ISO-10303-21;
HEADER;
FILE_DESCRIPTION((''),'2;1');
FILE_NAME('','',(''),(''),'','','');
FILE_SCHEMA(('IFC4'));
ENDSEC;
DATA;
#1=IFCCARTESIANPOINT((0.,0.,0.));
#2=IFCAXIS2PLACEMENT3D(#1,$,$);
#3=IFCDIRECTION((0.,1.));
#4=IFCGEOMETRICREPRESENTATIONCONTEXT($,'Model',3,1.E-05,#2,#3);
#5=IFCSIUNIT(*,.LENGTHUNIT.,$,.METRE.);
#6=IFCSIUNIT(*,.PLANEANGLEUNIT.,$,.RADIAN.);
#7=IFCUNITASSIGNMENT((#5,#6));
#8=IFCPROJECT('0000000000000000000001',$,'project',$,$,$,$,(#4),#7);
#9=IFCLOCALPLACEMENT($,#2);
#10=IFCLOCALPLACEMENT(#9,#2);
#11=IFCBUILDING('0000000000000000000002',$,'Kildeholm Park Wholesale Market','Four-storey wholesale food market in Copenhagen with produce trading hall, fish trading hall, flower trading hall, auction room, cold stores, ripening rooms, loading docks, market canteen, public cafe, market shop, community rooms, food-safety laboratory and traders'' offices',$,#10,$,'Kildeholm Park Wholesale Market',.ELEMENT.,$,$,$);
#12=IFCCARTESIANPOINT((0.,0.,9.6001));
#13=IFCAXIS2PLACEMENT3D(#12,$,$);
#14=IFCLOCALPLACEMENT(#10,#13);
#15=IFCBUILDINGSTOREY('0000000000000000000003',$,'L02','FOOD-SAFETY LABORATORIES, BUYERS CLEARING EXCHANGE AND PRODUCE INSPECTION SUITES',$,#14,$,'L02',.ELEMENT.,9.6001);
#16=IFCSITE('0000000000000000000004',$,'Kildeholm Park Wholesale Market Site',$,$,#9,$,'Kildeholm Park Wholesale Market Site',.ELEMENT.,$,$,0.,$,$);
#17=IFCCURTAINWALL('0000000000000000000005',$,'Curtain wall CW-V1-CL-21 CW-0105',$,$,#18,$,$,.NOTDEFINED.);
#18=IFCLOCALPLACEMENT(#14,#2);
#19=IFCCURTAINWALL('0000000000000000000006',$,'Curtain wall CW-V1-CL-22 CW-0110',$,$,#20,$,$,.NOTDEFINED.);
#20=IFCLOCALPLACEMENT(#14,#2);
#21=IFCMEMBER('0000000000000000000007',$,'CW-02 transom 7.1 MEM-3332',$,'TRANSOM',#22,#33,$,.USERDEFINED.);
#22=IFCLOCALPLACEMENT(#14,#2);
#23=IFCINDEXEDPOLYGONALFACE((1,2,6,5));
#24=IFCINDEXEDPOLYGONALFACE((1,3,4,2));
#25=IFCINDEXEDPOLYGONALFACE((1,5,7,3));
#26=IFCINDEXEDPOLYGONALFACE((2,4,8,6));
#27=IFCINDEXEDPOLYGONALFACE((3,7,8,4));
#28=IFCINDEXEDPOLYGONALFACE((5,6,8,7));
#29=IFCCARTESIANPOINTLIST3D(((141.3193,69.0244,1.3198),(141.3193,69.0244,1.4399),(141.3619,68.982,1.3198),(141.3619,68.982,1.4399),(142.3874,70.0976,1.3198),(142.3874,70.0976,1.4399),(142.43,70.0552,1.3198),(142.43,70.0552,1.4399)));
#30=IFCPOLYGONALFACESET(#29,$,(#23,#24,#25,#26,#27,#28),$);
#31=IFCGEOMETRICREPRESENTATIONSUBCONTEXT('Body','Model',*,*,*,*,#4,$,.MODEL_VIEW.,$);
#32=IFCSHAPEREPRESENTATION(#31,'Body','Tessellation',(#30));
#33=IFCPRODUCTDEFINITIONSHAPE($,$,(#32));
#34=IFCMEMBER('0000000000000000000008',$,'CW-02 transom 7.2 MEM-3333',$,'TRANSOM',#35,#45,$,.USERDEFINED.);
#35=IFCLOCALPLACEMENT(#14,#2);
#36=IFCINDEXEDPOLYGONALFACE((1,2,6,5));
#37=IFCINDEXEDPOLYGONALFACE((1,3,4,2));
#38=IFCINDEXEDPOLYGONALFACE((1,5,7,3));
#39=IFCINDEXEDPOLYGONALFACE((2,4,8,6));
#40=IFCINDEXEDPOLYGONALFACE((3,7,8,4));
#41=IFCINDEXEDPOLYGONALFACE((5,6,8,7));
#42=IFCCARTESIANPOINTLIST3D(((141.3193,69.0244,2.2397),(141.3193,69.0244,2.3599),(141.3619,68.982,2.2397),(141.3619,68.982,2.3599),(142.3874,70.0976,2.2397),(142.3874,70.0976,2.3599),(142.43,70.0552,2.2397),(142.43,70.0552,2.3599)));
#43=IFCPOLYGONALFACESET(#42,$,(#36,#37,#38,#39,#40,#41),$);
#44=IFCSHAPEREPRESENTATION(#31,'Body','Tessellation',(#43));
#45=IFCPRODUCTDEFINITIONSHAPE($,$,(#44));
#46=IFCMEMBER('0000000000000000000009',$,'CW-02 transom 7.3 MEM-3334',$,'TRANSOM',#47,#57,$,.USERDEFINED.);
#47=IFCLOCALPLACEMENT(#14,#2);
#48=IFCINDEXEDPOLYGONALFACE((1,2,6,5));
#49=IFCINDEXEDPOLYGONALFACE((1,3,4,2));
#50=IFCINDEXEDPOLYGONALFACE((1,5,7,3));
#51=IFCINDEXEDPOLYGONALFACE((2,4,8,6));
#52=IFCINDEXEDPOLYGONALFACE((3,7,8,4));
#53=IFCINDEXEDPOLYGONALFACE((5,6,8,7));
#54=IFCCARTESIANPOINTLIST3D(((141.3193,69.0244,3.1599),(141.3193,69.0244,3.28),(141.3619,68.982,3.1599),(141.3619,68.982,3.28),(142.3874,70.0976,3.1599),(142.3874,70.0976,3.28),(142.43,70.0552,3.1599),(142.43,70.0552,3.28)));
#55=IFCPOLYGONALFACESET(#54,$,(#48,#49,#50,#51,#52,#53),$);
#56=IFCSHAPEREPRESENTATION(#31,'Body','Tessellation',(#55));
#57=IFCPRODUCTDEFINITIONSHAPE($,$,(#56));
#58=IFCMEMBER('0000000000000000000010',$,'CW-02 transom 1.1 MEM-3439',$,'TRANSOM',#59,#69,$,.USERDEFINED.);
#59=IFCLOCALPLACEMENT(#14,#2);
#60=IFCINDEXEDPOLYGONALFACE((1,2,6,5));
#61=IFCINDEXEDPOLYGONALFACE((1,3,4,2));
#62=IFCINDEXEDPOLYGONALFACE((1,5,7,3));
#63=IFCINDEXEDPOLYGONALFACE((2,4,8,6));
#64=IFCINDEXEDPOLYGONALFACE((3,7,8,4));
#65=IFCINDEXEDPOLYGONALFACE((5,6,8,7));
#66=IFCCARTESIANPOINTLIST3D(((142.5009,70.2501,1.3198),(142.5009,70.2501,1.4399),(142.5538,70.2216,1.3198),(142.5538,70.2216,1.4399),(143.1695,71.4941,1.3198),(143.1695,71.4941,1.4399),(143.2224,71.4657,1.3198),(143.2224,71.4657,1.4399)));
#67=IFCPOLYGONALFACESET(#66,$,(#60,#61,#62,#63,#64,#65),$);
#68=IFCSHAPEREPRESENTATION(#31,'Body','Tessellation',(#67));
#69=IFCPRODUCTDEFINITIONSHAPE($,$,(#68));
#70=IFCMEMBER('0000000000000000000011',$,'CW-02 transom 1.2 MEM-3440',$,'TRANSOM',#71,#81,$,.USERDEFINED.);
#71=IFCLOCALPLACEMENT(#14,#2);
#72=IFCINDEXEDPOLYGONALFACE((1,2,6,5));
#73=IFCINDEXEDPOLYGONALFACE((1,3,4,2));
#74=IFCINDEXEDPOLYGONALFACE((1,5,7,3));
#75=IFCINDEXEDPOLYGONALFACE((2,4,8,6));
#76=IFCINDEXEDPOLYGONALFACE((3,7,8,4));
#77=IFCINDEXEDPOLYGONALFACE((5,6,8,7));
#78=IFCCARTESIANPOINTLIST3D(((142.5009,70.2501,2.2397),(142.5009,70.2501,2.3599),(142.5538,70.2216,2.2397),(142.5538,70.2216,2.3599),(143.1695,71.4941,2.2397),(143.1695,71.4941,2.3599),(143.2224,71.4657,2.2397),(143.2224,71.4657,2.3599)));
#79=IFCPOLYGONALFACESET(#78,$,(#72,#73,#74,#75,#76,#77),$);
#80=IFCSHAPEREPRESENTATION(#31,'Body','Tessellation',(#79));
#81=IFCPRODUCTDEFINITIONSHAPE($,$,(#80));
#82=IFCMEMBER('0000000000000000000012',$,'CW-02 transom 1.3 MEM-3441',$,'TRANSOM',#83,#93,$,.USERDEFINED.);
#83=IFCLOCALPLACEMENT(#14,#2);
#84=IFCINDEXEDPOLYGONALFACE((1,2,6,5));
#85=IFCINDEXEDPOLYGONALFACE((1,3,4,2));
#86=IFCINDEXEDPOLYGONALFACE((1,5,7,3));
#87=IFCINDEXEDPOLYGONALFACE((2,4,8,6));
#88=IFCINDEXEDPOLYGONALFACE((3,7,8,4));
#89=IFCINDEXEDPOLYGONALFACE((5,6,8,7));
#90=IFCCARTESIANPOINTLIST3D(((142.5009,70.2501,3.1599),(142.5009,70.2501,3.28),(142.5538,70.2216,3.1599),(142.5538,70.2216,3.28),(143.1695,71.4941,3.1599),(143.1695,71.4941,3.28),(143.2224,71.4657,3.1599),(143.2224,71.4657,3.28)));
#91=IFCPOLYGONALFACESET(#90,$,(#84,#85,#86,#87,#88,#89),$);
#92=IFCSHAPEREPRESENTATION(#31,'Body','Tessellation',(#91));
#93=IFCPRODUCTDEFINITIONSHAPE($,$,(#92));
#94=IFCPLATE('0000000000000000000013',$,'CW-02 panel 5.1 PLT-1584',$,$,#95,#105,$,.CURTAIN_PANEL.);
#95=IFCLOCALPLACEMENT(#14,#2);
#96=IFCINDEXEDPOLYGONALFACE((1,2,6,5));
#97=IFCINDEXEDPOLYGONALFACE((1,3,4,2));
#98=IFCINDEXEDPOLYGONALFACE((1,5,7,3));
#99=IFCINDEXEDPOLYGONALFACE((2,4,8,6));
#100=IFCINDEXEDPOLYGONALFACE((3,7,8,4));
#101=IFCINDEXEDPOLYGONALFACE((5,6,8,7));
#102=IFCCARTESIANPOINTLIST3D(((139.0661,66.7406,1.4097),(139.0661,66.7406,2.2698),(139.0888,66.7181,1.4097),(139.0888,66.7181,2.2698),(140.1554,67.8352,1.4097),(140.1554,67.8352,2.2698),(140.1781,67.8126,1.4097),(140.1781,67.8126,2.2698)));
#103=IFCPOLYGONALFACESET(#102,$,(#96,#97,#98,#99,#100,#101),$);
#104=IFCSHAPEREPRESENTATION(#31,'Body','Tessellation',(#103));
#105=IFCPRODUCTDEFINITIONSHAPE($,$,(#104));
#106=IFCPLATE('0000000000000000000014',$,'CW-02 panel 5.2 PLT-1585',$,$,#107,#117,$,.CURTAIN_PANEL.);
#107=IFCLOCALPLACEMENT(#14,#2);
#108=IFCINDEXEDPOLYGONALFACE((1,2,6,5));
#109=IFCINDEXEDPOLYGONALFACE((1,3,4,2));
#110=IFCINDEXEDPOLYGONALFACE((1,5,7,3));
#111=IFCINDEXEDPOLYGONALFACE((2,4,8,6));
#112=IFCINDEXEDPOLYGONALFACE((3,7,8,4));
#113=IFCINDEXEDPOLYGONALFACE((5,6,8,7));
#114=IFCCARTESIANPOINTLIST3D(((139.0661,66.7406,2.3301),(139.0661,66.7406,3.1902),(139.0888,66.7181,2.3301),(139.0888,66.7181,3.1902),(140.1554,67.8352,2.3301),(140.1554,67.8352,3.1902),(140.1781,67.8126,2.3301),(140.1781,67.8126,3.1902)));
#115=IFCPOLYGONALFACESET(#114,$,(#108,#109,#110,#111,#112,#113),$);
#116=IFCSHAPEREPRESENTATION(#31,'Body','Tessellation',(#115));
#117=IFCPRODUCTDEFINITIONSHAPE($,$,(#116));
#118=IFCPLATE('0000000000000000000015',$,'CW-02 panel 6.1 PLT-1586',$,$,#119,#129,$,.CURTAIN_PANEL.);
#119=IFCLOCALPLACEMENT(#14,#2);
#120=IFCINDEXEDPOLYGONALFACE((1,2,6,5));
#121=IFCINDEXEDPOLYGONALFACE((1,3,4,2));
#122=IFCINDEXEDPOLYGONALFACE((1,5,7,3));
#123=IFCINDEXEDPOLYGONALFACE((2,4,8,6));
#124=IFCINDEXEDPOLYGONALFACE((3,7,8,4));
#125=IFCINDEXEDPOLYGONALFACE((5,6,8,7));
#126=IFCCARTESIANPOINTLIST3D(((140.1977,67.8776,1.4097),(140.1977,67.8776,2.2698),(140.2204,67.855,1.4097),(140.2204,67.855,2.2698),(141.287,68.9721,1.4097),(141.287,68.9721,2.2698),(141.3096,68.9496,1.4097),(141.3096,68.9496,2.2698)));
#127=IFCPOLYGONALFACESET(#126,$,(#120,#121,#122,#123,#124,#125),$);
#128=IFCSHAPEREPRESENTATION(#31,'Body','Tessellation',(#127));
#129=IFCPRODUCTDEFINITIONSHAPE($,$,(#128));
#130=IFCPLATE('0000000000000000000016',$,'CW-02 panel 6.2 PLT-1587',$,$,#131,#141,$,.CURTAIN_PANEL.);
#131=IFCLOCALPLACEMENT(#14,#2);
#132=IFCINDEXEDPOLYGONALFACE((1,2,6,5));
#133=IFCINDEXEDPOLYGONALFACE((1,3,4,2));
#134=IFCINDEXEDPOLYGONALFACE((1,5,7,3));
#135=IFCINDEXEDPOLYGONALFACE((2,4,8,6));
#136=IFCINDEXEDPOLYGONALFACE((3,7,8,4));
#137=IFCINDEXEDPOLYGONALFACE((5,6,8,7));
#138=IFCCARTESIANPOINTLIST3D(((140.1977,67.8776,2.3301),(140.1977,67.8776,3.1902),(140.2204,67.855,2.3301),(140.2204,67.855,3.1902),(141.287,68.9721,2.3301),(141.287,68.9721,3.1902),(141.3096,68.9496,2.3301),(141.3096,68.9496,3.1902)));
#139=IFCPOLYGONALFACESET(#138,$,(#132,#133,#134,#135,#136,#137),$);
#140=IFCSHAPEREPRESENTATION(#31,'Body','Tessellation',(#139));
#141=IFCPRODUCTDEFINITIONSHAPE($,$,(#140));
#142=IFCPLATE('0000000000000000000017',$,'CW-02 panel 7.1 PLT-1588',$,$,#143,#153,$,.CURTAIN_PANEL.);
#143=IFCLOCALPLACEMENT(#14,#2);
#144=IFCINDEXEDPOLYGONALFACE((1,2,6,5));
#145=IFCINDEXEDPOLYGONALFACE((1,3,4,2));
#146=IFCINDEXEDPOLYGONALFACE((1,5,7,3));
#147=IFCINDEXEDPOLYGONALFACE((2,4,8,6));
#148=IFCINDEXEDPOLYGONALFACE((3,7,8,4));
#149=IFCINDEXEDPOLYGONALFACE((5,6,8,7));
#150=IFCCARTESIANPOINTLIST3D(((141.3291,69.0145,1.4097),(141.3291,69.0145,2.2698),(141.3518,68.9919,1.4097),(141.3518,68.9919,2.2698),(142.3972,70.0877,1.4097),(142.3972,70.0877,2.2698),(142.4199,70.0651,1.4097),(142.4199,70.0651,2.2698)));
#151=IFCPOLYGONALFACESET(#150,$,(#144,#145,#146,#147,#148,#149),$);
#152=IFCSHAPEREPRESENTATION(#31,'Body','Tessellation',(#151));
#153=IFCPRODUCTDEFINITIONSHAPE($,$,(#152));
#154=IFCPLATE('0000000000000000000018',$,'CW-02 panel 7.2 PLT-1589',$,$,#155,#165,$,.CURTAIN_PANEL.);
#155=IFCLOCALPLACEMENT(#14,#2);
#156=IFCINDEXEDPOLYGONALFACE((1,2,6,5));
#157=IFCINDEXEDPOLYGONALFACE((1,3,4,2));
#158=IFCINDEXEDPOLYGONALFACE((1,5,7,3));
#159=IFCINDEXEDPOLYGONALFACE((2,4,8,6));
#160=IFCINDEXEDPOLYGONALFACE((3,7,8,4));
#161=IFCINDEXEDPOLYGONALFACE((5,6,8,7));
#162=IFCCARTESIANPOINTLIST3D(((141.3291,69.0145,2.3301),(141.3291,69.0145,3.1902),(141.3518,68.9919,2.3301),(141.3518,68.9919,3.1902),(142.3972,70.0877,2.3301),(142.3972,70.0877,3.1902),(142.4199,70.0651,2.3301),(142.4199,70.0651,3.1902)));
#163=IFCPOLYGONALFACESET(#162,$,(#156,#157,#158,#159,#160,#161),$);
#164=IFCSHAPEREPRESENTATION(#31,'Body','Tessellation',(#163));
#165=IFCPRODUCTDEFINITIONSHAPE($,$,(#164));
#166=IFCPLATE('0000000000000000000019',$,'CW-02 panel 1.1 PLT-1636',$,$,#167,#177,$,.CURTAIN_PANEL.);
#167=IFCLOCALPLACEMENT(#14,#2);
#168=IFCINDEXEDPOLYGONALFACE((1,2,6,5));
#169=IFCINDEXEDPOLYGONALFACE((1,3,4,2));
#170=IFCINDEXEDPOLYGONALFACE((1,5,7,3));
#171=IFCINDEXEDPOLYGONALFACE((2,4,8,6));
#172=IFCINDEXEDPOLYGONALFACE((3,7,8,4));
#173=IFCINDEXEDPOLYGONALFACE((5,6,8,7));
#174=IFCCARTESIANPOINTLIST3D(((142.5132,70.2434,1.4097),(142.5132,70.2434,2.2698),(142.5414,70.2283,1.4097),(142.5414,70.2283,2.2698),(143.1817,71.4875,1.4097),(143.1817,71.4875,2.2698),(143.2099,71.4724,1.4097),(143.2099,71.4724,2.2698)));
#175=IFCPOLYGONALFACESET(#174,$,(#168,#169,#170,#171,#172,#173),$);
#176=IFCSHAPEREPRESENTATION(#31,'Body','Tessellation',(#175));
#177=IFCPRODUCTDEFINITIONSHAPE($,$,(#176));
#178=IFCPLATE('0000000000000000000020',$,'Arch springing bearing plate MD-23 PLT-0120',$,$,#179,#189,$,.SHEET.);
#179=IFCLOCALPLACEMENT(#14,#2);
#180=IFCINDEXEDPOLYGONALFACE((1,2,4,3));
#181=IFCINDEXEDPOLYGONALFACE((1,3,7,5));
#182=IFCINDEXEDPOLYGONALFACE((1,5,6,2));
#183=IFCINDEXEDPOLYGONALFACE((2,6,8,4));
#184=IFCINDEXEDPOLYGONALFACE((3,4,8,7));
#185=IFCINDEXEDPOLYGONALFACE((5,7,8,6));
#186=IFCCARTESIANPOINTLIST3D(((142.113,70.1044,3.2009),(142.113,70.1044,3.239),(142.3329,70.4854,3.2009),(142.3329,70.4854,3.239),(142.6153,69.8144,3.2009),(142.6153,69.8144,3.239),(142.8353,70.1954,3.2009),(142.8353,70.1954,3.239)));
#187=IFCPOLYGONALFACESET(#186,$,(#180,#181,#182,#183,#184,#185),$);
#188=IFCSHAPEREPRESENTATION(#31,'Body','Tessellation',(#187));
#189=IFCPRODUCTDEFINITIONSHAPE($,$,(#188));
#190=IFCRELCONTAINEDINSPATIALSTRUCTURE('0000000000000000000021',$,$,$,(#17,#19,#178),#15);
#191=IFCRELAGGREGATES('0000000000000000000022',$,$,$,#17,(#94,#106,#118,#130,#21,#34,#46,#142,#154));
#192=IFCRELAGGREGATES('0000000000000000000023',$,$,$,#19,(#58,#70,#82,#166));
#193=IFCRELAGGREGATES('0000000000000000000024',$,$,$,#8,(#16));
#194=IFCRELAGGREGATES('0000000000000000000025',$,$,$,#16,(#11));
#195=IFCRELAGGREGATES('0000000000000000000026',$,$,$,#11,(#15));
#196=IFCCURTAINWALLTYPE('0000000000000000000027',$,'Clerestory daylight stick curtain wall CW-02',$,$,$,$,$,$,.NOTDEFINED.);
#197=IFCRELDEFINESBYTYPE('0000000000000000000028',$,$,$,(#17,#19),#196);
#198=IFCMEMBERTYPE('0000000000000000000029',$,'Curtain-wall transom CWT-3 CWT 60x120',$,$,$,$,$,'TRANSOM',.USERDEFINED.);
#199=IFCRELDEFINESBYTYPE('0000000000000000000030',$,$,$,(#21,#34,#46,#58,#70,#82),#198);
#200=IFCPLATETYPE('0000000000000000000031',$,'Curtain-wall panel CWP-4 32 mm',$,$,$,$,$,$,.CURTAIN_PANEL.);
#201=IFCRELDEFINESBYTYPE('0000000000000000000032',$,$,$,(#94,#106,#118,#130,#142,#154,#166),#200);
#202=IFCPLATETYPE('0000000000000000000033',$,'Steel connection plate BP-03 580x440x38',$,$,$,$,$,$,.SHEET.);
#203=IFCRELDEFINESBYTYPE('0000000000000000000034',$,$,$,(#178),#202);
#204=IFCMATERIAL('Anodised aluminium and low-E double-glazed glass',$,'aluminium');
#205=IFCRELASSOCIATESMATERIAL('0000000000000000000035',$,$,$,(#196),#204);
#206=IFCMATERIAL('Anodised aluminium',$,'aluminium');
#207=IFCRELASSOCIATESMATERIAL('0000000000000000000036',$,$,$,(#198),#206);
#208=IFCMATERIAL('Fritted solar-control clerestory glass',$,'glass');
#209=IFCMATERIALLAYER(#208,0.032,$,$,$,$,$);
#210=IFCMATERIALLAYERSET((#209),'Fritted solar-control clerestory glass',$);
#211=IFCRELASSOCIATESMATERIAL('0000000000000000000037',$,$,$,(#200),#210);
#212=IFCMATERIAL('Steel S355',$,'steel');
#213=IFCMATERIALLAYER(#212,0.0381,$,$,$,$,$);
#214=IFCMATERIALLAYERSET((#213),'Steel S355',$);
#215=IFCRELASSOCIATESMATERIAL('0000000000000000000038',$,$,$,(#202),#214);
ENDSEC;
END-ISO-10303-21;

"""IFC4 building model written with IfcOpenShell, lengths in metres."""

from ifc_helpers import new_model, si_unit, direction, frame, origin, origin_2d, place, context, subcontext, project, spatial, rectangle, extrude, material, layer, layer_set, material_profile, profile_set, type_object, element, aggregate, save


model = new_model("IFC4")

# Units and contexts
model_context = context("Model", 3, precision=1e-05, world=origin(), true_north=direction((0.0, 1.0)))
body_context = subcontext(model_context, "Body", "Model", "MODEL_VIEW")
ifc_project = project(units=[si_unit("LENGTHUNIT", "METRE"), si_unit("PLANEANGLEUNIT", "RADIAN")], contexts=[model_context])

# Site, building, storey
site_placement = place(None, origin())
site = spatial("IfcSite", under=ifc_project, at=site_placement, Name="Kildeholm Park Wholesale Market Site", LongName="Kildeholm Park Wholesale Market Site", CompositionType="ELEMENT", RefElevation=0.0)
building_placement = place(site_placement, origin())
building = spatial("IfcBuilding", under=site, at=building_placement, Name="Kildeholm Park Wholesale Market", Description="Four-storey wholesale food market in Copenhagen with produce trading hall, fish trading hall, flower trading hall, auction room, cold stores, ripening rooms, loading docks, market canteen, public cafe, market shop, community rooms, food-safety laboratory and traders' offices", LongName="Kildeholm Park Wholesale Market", CompositionType="ELEMENT")
storey_placement = place(building_placement, frame((0.0, 0.0, 9.6001)))
storey = spatial("IfcBuildingStorey", under=building, at=storey_placement, Name="L02", Description="FOOD-SAFETY LABORATORIES, BUYERS CLEARING EXCHANGE AND PRODUCE INSPECTION SUITES", LongName="L02", CompositionType="ELEMENT", Elevation=9.6001)

# Shared definitions
ifc_material_1 = material(Name="Steel S355", Category="steel")

# Curtain wall
ifc_material_2 = material(Name="Anodised aluminium and low-E double-glazed glass", Category="aluminium")
curtain_wall_type = type_object("IfcCurtainWallType", Name="Clerestory daylight stick curtain wall CW-02", PredefinedType="NOTDEFINED", material=ifc_material_2)
curtain_wall_1_placement = place(storey_placement, origin())
curtain_wall_1 = element("IfcCurtainWall", 1, at=curtain_wall_1_placement, inside=storey, type_object=curtain_wall_type, Name="Curtain wall CW-V1-CL-21 CW-0105", PredefinedType="NOTDEFINED")
ifc_material_3 = material(Name="Anodised aluminium", Category="aluminium")

# Curtain wall
curtain_wall_2_placement = place(storey_placement, origin())
curtain_wall_2 = element("IfcCurtainWall", 2, at=curtain_wall_2_placement, inside=storey, type_object=curtain_wall_type, Name="Curtain wall CW-V1-CL-22 CW-0110", PredefinedType="NOTDEFINED")

# Members
ifc_material_profile_1 = material_profile(ifc_material_3, rectangle(XDim=0.0601, YDim=0.1201, at=origin_2d()), Name="CWT 60x120")
ifc_profile_set_1 = profile_set([ifc_material_profile_1], Name="Anodised aluminium")
member_type_1 = type_object("IfcMemberType", Name="Curtain-wall transom CWT-3 CWT 60x120", ElementType="TRANSOM", PredefinedType="USERDEFINED", material=ifc_profile_set_1)
member_1_placement = place(storey_placement, frame((141.3406, 69.0032, 1.3799), z_axis=(0.705412, 0.708798, 0.0), x_axis=(-0.708798, 0.705412, 0.0)))
member_1 = element("IfcMember", 3, at=member_1_placement, type_object=member_type_1, Name="CW-02 transom 7.1 MEM-3332", ObjectType="TRANSOM", PredefinedType="USERDEFINED", context=body_context, shape_type="SweptSolid", body=[
    extrude(rectangle(XDim=0.0601, YDim=0.1201, at=origin_2d()), origin(), (0.0, 0.0, 1.0), 1.5142),
])
member_2_placement = place(storey_placement, frame((141.3406, 69.0032, 2.2998), z_axis=(0.705412, 0.708798, 0.0), x_axis=(-0.708798, 0.705412, 0.0)))
member_2 = element("IfcMember", 4, at=member_2_placement, type_object=member_type_1, Name="CW-02 transom 7.2 MEM-3333", ObjectType="TRANSOM", PredefinedType="USERDEFINED", context=body_context, shape_type="SweptSolid", body=[
    extrude(rectangle(XDim=0.0601, YDim=0.1201, at=origin_2d()), origin(), (0.0, 0.0, 1.0), 1.5142),
])
member_3_placement = place(storey_placement, frame((141.3406, 69.0032, 3.22), z_axis=(0.705412, 0.708798, 0.0), x_axis=(-0.708798, 0.705412, 0.0)))
member_3 = element("IfcMember", 5, at=member_3_placement, type_object=member_type_1, Name="CW-02 transom 7.3 MEM-3334", ObjectType="TRANSOM", PredefinedType="USERDEFINED", context=body_context, shape_type="SweptSolid", body=[
    extrude(rectangle(XDim=0.0601, YDim=0.1201, at=origin_2d()), origin(), (0.0, 0.0, 1.0), 1.5142),
])
member_4_placement = place(storey_placement, frame((142.5273, 70.2358, 1.3799), z_axis=(0.47343, 0.880832, 0.0), x_axis=(-0.880832, 0.47343, 0.0)))
member_4 = element("IfcMember", 6, at=member_4_placement, type_object=member_type_1, Name="CW-02 transom 1.1 MEM-3439", ObjectType="TRANSOM", PredefinedType="USERDEFINED", context=body_context, shape_type="SweptSolid", body=[
    extrude(rectangle(XDim=0.0601, YDim=0.1201, at=origin_2d()), origin(), (0.0, 0.0, 1.0), 1.4124),
])
member_5_placement = place(storey_placement, frame((142.5273, 70.2358, 2.2998), z_axis=(0.47343, 0.880832, 0.0), x_axis=(-0.880832, 0.47343, 0.0)))
member_5 = element("IfcMember", 7, at=member_5_placement, type_object=member_type_1, Name="CW-02 transom 1.2 MEM-3440", ObjectType="TRANSOM", PredefinedType="USERDEFINED", context=body_context, shape_type="SweptSolid", body=[
    extrude(rectangle(XDim=0.0601, YDim=0.1201, at=origin_2d()), origin(), (0.0, 0.0, 1.0), 1.4124),
])
member_6_placement = place(storey_placement, frame((142.5273, 70.2358, 3.22), z_axis=(0.47343, 0.880832, 0.0), x_axis=(-0.880832, 0.47343, 0.0)))
member_6 = element("IfcMember", 8, at=member_6_placement, type_object=member_type_1, Name="CW-02 transom 1.3 MEM-3441", ObjectType="TRANSOM", PredefinedType="USERDEFINED", context=body_context, shape_type="SweptSolid", body=[
    extrude(rectangle(XDim=0.0601, YDim=0.1201, at=origin_2d()), origin(), (0.0, 0.0, 1.0), 1.4124),
])

# Plates
ifc_material_4 = material(Name="Fritted solar-control clerestory glass", Category="glass")
ifc_layer_1 = layer(ifc_material_4, 0.032)
ifc_layer_set_1 = layer_set([ifc_layer_1], Name="Fritted solar-control clerestory glass")
plate_type_1 = type_object("IfcPlateType", Name="Curtain-wall panel CWP-4 32 mm", PredefinedType="CURTAIN_PANEL", material=ifc_layer_set_1)
plate_1_placement = place(storey_placement, frame((139.6221, 67.2766, 1.4097), z_axis=(0.0, 0.0, 1.0), x_axis=(0.705413, 0.708797, 0.0)))
plate_1 = element("IfcPlate", 9, at=plate_1_placement, type_object=plate_type_1, Name="CW-02 panel 5.1 PLT-1584", PredefinedType="CURTAIN_PANEL", context=body_context, shape_type="SweptSolid", body=[
    extrude(rectangle(XDim=1.5442, YDim=0.032, at=origin_2d()), origin(), (0.0, 0.0, 1.0), 0.8601),
])
plate_2_placement = place(storey_placement, frame((139.6221, 67.2766, 2.3301), z_axis=(0.0, 0.0, 1.0), x_axis=(0.705413, 0.708797, 0.0)))
plate_2 = element("IfcPlate", 10, at=plate_2_placement, type_object=plate_type_1, Name="CW-02 panel 5.2 PLT-1585", PredefinedType="CURTAIN_PANEL", context=body_context, shape_type="SweptSolid", body=[
    extrude(rectangle(XDim=1.5442, YDim=0.032, at=origin_2d()), origin(), (0.0, 0.0, 1.0), 0.8601),
])
plate_3_placement = place(storey_placement, frame((140.7537, 68.4136, 1.4097), z_axis=(0.0, 0.0, 1.0), x_axis=(0.705413, 0.708797, 0.0)))
plate_3 = element("IfcPlate", 11, at=plate_3_placement, type_object=plate_type_1, Name="CW-02 panel 6.1 PLT-1586", PredefinedType="CURTAIN_PANEL", context=body_context, shape_type="SweptSolid", body=[
    extrude(rectangle(XDim=1.5442, YDim=0.032, at=origin_2d()), origin(), (0.0, 0.0, 1.0), 0.8601),
])
plate_4_placement = place(storey_placement, frame((140.7537, 68.4136, 2.3301), z_axis=(0.0, 0.0, 1.0), x_axis=(0.705413, 0.708797, 0.0)))
plate_4 = element("IfcPlate", 12, at=plate_4_placement, type_object=plate_type_1, Name="CW-02 panel 6.2 PLT-1587", PredefinedType="CURTAIN_PANEL", context=body_context, shape_type="SweptSolid", body=[
    extrude(rectangle(XDim=1.5442, YDim=0.032, at=origin_2d()), origin(), (0.0, 0.0, 1.0), 0.8601),
])
plate_5_placement = place(storey_placement, frame((141.8745, 69.5398, 1.4097), z_axis=(0.0, 0.0, 1.0), x_axis=(0.705413, 0.708797, 0.0)))
plate_5 = element("IfcPlate", 13, at=plate_5_placement, type_object=plate_type_1, Name="CW-02 panel 7.1 PLT-1588", PredefinedType="CURTAIN_PANEL", context=body_context, shape_type="SweptSolid", body=[
    extrude(rectangle(XDim=1.5142, YDim=0.032, at=origin_2d()), origin(), (0.0, 0.0, 1.0), 0.8601),
])
plate_6_placement = place(storey_placement, frame((141.8745, 69.5398, 2.3301), z_axis=(0.0, 0.0, 1.0), x_axis=(0.705413, 0.708797, 0.0)))
plate_6 = element("IfcPlate", 14, at=plate_6_placement, type_object=plate_type_1, Name="CW-02 panel 7.2 PLT-1589", PredefinedType="CURTAIN_PANEL", context=body_context, shape_type="SweptSolid", body=[
    extrude(rectangle(XDim=1.5142, YDim=0.032, at=origin_2d()), origin(), (0.0, 0.0, 1.0), 0.8601),
])
aggregate(curtain_wall_1, [plate_1, plate_2, plate_3, plate_4, member_1, member_2, member_3, plate_5, plate_6])
plate_7_placement = place(storey_placement, frame((142.8616, 70.8579, 1.4097), z_axis=(0.0, 0.0, 1.0), x_axis=(0.47334, 0.88088, 0.0)))
plate_7 = element("IfcPlate", 15, at=plate_7_placement, type_object=plate_type_1, Name="CW-02 panel 1.1 PLT-1636", PredefinedType="CURTAIN_PANEL", context=body_context, shape_type="SweptSolid", body=[
    extrude(rectangle(XDim=1.4124, YDim=0.032, at=origin_2d()), origin(), (0.0, 0.0, 1.0), 0.8601),
])
aggregate(curtain_wall_2, [member_4, member_5, member_6, plate_7])
ifc_layer_2 = layer(ifc_material_1, 0.0381)
ifc_layer_set_2 = layer_set([ifc_layer_2], Name="Steel S355")
plate_type_2 = type_object("IfcPlateType", Name="Steel connection plate BP-03 580x440x38", PredefinedType="SHEET", material=ifc_layer_set_2)
plate_8_placement = place(storey_placement, frame((142.4741, 70.1499, 3.2009), z_axis=(0.0, 0.0, 1.0), x_axis=(0.866025, -0.5, 0.0)))
element("IfcPlate", 16, at=plate_8_placement, inside=storey, type_object=plate_type_2, Name="Arch springing bearing plate MD-23 PLT-0120", PredefinedType="SHEET", context=body_context, shape_type="SweptSolid", body=[
    extrude(rectangle(XDim=0.5801, YDim=0.4399, at=origin_2d()), origin(), (0.0, 0.0, 1.0), 0.0381),
])

save(model, "model.ifc")
